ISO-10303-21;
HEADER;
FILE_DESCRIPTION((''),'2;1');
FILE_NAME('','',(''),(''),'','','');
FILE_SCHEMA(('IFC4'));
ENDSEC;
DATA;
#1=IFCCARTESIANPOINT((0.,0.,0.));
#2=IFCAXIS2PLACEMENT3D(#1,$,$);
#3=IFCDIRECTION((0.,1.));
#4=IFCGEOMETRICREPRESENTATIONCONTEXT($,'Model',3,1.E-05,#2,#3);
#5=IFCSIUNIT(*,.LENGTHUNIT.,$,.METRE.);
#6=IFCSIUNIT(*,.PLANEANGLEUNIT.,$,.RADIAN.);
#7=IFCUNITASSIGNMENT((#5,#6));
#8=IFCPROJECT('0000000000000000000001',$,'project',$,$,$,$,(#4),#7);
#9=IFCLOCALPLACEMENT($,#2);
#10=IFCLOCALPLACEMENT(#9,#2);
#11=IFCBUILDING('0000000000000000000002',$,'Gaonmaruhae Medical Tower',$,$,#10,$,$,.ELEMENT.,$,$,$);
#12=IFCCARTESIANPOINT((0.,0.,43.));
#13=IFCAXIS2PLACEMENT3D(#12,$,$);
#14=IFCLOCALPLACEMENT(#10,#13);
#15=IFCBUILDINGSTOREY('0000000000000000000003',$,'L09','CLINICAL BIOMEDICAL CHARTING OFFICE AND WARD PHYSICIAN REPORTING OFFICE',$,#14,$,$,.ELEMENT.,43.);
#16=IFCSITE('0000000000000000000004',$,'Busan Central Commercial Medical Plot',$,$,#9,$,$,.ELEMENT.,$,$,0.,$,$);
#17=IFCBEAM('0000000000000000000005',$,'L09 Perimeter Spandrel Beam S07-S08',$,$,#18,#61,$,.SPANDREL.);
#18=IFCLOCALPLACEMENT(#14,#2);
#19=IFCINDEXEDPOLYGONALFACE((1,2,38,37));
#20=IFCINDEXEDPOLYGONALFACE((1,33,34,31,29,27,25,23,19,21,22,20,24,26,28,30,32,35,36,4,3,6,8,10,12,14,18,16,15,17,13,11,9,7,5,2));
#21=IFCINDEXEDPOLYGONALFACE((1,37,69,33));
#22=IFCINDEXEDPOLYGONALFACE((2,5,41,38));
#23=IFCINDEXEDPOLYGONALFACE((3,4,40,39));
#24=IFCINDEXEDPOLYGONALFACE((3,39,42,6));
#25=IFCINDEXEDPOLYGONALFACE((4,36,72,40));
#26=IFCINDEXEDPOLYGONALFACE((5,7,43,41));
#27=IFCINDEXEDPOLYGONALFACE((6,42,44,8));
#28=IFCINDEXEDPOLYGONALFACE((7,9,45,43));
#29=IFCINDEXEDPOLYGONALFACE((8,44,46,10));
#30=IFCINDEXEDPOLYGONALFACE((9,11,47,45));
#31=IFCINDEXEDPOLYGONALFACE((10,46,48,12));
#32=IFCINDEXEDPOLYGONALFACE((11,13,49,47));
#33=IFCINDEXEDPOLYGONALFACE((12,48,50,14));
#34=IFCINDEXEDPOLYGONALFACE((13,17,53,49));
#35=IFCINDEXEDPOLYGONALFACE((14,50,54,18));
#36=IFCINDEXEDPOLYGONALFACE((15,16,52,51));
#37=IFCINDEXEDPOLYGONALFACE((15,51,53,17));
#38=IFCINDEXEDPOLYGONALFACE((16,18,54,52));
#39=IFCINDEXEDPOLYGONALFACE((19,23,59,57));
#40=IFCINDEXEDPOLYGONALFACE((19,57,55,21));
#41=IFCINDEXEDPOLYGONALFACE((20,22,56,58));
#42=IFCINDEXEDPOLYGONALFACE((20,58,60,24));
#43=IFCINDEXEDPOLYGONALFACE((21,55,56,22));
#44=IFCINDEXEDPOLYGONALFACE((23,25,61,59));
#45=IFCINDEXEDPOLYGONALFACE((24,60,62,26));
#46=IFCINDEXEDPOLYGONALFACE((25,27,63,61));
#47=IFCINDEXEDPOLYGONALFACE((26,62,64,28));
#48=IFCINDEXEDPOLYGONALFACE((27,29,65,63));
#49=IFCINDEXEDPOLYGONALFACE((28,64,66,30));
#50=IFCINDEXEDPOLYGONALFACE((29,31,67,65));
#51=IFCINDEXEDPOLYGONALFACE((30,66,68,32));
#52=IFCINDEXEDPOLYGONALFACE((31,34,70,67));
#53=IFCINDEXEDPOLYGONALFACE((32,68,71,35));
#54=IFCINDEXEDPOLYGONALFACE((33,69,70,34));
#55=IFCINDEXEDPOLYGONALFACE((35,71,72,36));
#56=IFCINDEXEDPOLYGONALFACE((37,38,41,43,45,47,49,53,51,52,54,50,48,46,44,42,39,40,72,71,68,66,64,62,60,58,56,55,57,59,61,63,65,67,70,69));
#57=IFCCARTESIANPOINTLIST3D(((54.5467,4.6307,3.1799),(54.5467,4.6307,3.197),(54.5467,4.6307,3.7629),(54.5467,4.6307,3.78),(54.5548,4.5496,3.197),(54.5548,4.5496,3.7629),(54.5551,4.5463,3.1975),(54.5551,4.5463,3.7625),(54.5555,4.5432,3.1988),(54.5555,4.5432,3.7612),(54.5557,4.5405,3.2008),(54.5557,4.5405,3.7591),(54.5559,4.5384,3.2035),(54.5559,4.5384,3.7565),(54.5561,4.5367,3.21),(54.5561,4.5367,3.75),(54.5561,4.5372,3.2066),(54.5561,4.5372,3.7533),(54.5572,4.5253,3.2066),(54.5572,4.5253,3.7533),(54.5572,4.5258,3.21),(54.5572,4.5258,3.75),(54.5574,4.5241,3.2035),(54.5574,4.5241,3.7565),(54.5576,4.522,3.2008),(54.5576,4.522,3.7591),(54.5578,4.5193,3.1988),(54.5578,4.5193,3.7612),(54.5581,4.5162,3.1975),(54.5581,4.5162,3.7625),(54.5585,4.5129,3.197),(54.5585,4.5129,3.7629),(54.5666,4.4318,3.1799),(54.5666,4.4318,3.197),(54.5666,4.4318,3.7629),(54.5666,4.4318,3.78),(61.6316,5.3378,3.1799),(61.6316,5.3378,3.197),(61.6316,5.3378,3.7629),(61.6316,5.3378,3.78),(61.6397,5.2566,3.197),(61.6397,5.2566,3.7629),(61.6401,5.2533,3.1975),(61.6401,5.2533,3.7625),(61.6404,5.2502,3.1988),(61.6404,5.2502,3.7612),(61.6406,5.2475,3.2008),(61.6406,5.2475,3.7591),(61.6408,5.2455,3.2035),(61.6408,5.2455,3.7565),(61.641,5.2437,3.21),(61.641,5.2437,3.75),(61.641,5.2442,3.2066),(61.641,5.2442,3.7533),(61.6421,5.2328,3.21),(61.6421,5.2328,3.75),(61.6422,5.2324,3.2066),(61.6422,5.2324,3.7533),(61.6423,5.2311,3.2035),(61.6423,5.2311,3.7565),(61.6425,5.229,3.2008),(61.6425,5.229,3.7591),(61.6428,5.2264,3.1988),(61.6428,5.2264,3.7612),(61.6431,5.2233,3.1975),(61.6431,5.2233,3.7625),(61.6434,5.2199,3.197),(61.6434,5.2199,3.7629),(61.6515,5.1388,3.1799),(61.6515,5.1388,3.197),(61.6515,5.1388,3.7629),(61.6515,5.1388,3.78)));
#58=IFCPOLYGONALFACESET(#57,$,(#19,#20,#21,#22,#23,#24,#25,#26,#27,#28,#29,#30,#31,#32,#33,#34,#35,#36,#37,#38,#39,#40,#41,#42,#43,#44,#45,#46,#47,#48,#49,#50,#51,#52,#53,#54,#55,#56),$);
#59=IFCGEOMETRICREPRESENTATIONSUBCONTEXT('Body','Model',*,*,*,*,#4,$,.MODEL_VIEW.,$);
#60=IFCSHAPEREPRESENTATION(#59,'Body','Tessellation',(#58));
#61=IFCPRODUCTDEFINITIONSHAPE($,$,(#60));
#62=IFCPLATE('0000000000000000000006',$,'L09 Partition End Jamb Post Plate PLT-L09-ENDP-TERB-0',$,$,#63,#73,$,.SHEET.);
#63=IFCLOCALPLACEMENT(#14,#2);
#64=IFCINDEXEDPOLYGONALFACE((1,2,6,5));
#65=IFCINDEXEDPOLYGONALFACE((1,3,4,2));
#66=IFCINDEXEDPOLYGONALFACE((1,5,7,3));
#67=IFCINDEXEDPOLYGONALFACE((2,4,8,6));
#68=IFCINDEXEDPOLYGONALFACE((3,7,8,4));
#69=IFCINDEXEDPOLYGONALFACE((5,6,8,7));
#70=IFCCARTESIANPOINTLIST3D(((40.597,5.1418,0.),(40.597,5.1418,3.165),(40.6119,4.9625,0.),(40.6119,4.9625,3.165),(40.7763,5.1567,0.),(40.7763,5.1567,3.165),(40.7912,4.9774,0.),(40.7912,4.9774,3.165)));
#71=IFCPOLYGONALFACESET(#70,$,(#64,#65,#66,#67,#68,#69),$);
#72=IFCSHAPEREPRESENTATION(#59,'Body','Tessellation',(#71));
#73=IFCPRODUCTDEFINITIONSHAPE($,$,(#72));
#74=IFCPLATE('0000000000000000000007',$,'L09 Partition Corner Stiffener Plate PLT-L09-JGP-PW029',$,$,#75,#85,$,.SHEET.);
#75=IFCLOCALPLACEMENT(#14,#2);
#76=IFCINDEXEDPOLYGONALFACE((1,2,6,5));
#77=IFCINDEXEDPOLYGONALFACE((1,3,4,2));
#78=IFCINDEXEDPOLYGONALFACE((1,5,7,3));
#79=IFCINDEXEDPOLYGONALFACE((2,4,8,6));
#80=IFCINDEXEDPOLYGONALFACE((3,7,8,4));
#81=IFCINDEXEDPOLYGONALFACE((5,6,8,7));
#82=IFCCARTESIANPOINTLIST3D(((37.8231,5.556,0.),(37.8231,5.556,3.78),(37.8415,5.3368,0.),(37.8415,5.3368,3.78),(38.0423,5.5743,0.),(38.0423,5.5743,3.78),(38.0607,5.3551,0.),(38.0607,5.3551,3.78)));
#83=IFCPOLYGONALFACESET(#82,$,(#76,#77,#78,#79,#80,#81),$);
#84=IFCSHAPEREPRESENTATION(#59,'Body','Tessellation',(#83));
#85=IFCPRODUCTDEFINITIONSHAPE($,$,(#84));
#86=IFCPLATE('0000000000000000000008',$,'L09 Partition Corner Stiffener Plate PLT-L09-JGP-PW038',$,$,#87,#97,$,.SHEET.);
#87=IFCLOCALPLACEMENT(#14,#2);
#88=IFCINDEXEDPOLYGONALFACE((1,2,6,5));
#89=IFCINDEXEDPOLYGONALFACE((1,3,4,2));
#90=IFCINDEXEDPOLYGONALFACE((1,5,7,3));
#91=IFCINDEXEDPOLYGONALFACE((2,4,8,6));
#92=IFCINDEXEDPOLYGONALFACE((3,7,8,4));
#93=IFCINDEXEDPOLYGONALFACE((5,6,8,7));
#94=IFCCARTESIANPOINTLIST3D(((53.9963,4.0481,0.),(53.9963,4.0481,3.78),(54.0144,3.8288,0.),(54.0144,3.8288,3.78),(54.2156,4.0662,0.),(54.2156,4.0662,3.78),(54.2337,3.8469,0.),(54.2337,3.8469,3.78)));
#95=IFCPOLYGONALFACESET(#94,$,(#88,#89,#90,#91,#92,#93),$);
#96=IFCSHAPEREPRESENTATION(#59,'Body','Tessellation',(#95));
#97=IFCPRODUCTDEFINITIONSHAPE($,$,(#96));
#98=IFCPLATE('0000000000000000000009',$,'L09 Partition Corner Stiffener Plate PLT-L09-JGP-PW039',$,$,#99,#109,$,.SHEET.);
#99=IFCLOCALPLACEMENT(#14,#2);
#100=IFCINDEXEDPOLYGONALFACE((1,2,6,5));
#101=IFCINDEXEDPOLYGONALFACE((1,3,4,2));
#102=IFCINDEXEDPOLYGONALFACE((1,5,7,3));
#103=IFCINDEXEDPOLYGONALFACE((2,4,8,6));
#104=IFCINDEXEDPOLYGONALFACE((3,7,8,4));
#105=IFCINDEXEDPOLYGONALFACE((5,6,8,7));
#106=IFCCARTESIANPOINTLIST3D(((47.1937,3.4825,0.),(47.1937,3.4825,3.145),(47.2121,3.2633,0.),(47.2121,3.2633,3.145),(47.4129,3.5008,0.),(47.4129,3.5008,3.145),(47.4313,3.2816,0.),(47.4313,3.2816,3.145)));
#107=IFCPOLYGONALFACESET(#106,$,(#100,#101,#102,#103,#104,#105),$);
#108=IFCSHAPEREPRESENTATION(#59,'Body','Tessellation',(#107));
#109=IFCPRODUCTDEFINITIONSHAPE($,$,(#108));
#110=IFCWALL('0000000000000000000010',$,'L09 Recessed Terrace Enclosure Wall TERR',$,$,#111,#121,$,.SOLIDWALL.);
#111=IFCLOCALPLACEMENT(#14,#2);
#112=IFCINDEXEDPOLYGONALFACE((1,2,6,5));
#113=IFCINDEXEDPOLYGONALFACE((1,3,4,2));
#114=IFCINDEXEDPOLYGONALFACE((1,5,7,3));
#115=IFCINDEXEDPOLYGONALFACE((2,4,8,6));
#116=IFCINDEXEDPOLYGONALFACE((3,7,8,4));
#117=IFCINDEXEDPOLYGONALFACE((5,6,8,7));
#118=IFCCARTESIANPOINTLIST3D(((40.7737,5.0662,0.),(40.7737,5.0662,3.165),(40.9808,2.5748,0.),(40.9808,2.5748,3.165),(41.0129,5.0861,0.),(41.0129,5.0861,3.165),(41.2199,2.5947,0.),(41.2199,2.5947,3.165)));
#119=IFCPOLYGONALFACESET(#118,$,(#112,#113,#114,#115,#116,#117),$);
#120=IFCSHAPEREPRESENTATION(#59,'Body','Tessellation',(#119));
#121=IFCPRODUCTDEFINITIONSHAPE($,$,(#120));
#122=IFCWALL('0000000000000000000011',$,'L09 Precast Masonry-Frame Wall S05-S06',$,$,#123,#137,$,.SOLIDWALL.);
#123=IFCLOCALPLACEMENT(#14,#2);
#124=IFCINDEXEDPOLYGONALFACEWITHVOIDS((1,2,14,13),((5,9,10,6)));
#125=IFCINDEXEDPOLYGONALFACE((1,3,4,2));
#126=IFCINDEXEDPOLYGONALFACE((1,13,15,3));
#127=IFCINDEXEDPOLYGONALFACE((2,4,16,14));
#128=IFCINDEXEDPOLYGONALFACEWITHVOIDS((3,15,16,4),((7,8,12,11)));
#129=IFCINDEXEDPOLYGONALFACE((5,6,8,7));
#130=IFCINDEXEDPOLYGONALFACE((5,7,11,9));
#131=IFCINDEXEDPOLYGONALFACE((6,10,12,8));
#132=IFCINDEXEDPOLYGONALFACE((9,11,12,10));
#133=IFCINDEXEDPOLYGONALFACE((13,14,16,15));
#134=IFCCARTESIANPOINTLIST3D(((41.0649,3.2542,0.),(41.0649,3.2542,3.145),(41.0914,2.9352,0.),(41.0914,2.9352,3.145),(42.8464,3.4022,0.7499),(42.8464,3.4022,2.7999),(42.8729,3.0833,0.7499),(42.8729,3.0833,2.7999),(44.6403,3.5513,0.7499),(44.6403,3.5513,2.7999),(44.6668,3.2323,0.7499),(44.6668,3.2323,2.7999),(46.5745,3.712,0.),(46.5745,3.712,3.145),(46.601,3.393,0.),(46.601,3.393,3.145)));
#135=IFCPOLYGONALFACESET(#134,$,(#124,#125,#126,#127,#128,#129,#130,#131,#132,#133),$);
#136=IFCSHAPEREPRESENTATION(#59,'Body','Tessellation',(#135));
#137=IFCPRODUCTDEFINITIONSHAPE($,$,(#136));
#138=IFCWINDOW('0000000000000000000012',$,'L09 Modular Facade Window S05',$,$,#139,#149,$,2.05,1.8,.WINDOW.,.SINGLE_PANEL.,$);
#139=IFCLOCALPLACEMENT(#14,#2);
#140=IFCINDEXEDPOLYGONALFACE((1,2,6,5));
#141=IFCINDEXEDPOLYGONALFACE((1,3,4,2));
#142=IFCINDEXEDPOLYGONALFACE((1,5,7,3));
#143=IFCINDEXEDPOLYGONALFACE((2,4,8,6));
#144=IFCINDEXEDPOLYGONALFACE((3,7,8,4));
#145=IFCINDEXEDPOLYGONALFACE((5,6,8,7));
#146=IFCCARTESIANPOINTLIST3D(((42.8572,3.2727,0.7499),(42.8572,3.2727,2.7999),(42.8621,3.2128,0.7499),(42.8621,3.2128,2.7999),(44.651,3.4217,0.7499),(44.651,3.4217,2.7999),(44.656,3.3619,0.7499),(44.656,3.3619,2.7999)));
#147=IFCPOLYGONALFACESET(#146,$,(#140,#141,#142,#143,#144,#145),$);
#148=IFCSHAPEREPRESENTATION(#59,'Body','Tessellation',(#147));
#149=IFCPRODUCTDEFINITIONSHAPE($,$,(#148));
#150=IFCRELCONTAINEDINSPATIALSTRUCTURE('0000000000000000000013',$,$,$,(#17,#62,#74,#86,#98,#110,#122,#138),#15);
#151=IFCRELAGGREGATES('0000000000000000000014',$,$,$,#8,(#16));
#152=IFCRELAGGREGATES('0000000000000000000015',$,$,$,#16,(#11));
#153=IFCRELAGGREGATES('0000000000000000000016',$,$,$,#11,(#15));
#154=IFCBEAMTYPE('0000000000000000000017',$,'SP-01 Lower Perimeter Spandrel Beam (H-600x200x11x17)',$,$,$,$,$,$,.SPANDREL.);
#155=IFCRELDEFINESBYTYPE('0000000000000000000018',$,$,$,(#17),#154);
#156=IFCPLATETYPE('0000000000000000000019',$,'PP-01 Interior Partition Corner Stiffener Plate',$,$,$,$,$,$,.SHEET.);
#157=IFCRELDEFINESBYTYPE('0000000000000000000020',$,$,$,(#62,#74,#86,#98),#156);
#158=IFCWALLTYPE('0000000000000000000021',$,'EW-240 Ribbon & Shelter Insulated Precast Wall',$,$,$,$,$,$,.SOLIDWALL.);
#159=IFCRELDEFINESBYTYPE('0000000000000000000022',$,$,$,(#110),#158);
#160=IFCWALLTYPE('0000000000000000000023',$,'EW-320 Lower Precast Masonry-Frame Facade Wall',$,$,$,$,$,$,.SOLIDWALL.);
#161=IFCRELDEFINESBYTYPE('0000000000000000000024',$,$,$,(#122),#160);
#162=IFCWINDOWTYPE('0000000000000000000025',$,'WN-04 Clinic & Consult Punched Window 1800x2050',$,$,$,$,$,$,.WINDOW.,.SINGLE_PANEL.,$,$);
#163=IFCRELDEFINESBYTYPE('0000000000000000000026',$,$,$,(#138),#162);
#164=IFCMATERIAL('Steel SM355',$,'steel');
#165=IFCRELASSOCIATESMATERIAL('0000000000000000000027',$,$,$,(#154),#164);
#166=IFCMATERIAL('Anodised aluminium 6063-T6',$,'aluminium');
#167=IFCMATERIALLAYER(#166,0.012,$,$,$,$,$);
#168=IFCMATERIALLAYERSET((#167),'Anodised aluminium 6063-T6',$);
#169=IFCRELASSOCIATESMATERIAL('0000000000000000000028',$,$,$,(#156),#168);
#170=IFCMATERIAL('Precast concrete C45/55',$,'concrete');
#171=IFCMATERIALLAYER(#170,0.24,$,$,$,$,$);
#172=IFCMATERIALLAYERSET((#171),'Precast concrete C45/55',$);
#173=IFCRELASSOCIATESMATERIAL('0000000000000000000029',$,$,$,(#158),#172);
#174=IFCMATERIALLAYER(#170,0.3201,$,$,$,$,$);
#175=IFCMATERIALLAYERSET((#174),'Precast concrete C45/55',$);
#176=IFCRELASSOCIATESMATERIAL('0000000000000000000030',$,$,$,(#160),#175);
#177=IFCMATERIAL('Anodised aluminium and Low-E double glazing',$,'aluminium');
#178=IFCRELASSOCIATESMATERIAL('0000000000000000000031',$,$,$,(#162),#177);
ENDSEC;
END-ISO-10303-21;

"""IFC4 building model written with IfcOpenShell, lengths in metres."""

from ifc_helpers import new_model, si_unit, direction, frame, frame_2d, origin, origin_2d, place, context, subcontext, project, spatial, rectangle, i_section, extrude, material, layer, layer_set, material_profile, profile_set, type_object, element, fill, save


model = new_model("IFC4")

# Units and contexts
model_context = context("Model", 3, precision=1e-05, world=origin(), true_north=direction((0.0, 1.0)))
body_context = subcontext(model_context, "Body", "Model", "MODEL_VIEW")
ifc_project = project(units=[si_unit("LENGTHUNIT", "METRE"), si_unit("PLANEANGLEUNIT", "RADIAN")], contexts=[model_context])

# Site, building, storey
site_placement = place(None, origin())
site = spatial("IfcSite", under=ifc_project, at=site_placement, Name="Busan Central Commercial Medical Plot", CompositionType="ELEMENT", RefElevation=0.0)
building_placement = place(site_placement, origin())
building = spatial("IfcBuilding", under=site, at=building_placement, Name="Gaonmaruhae Medical Tower", CompositionType="ELEMENT")
storey_placement = place(building_placement, frame((0.0, 0.0, 43.0)))
storey = spatial("IfcBuildingStorey", under=building, at=storey_placement, Name="L09", Description="CLINICAL BIOMEDICAL CHARTING OFFICE AND WARD PHYSICIAN REPORTING OFFICE", CompositionType="ELEMENT", Elevation=43.0)

# Beam
ifc_material_1 = material(Name="Steel SM355", Category="steel")
ifc_material_profile_1 = material_profile(ifc_material_1, i_section(OverallWidth=0.2, OverallDepth=0.6001, WebThickness=0.011, FlangeThickness=0.0171, FilletRadius=0.0129, at=origin_2d()), Name="H-600x200x11x17")
ifc_profile_set_1 = profile_set([ifc_material_profile_1], Name="Steel SM355")
beam_type_1 = type_object("IfcBeamType", Name="SP-01 Lower Perimeter Spandrel Beam (H-600x200x11x17)", PredefinedType="SPANDREL", material=ifc_profile_set_1)
beam_1_placement = place(storey_placement, frame((54.5566, 4.5312, 3.48), z_axis=(0.995058, 0.0993, 0.0), x_axis=(-0.0993, 0.995058, 0.0)))
element("IfcBeam", 1, at=beam_1_placement, inside=storey, type_object=beam_type_1, Name="L09 Perimeter Spandrel Beam S07-S08", PredefinedType="SPANDREL", context=body_context, shape_type="SweptSolid", body=[
    extrude(i_section(OverallWidth=0.2, OverallDepth=0.6001, WebThickness=0.011, FlangeThickness=0.0171, FilletRadius=0.0129, at=origin_2d()), origin(), (0.0, 0.0, 1.0), 7.1201),
])

# Plates
ifc_material_2 = material(Name="Anodised aluminium 6063-T6", Category="aluminium")
ifc_layer_1 = layer(ifc_material_2, 0.012)
ifc_layer_set_1 = layer_set([ifc_layer_1], Name="Anodised aluminium 6063-T6")
plate_type = type_object("IfcPlateType", Name="PP-01 Interior Partition Corner Stiffener Plate", PredefinedType="SHEET", material=ifc_layer_set_1)
plate_1_placement = place(storey_placement, frame((40.6941, 5.0596, 0.0), z_axis=(0.0, 0.0, 1.0), x_axis=(-0.996566, -0.082808, 0.0)))
element("IfcPlate", 2, at=plate_1_placement, inside=storey, type_object=plate_type, Name="L09 Partition End Jamb Post Plate PLT-L09-ENDP-TERB-0", PredefinedType="SHEET", context=body_context, shape_type="SweptSolid", body=[
    extrude(rectangle(XDim=0.1799, YDim=0.1799, at=origin_2d()), origin(), (0.0, 0.0, 1.0), 3.165),
])
for number, where, z_axis, x_axis, name in (
    (3, (37.9419, 5.4556, 0.0), (0.0, 0.0, 1.0), (-0.083434, 0.996513, 0.0), "L09 Partition Corner Stiffener Plate PLT-L09-JGP-PW029"),
    (4, (54.115, 3.9475, 0.0), (0.0, 0.0, 1.0), (-0.99661, -0.082269, 0.0), "L09 Partition Corner Stiffener Plate PLT-L09-JGP-PW038"),
):
    element("IfcPlate", number, at=place(storey_placement, frame(where, z_axis=z_axis, x_axis=x_axis)), inside=storey, type_object=plate_type, Name=name, PredefinedType="SHEET", context=body_context, shape_type="SweptSolid", body=[
        extrude(rectangle(XDim=0.22, YDim=0.22, at=origin_2d()), origin(), (0.0, 0.0, 1.0), 3.78),
    ])
plate_2_placement = place(storey_placement, frame((47.3125, 3.3821, 0.0), z_axis=(0.0, 0.0, 1.0), x_axis=(-0.996525, -0.083295, 0.0)))
element("IfcPlate", 5, at=plate_2_placement, inside=storey, type_object=plate_type, Name="L09 Partition Corner Stiffener Plate PLT-L09-JGP-PW039", PredefinedType="SHEET", context=body_context, shape_type="SweptSolid", body=[
    extrude(rectangle(XDim=0.22, YDim=0.22, at=origin_2d()), origin(), (0.0, 0.0, 1.0), 3.145),
])

# Shared definitions
ifc_material_3 = material(Name="Precast concrete C45/55", Category="concrete")
ifc_layer_2 = layer(ifc_material_3, 0.24)
ifc_layer_set_2 = layer_set([ifc_layer_2], Name="Precast concrete C45/55")
wall_type_1 = type_object("IfcWallType", Name="EW-240 Ribbon & Shelter Insulated Precast Wall", PredefinedType="SOLIDWALL", material=ifc_layer_set_2)

# Wall
wall_1_placement = place(storey_placement, frame((41.1003, 2.5847, 0.0), z_axis=(0.0, 0.0, 1.0), x_axis=(-0.082811, 0.996565, 0.0)))
element("IfcWall", 6, at=wall_1_placement, inside=storey, type_object=wall_type_1, Name="L09 Recessed Terrace Enclosure Wall TERR", PredefinedType="SOLIDWALL", context=body_context, shape_type="SweptSolid", body=[
    extrude(rectangle(XDim=2.5, YDim=0.24, at=frame_2d((1.25, 0.0))), origin(), (0.0, 0.0, 1.0), 3.165),
])

# Wall, opening, window
ifc_layer_3 = layer(ifc_material_3, 0.3201)
ifc_layer_set_3 = layer_set([ifc_layer_3], Name="Precast concrete C45/55")
wall_type_2 = type_object("IfcWallType", Name="EW-320 Lower Precast Masonry-Frame Facade Wall", PredefinedType="SOLIDWALL", material=ifc_layer_set_3)
wall_2_placement = place(storey_placement, frame((46.5876, 3.5525, 0.0), z_axis=(0.0, 0.0, 1.0), x_axis=(-0.996566, -0.082801, 0.0)))
wall_2 = element("IfcWall", 7, at=wall_2_placement, inside=storey, type_object=wall_type_2, Name="L09 Precast Masonry-Frame Wall S05-S06", PredefinedType="SOLIDWALL", context=body_context, shape_type="SweptSolid", body=[
    extrude(rectangle(XDim=5.5286, YDim=0.3201, at=frame_2d((2.7642, 0.0))), origin(), (0.0, 0.0, 1.0), 3.145),
])
opening_1_placement = place(wall_2_placement, frame((1.9409, 0.0, 0.75)))
opening_1 = element("IfcOpeningElement", 8, at=opening_1_placement, cuts=wall_2, PredefinedType="OPENING", context=body_context, shape_type="SweptSolid", body=[
    extrude(rectangle(XDim=1.8, YDim=2.05, at=frame_2d((0.8999, 1.0249))), frame((0.0, 0.1699, 0.0), z_axis=(0.0, -1.0, 0.0), x_axis=(1.0, 0.0, 0.0)), (0.0, 0.0, 1.0), 0.3401),
])
ifc_material_4 = material(Name="Anodised aluminium and Low-E double glazing", Category="aluminium")
window_type_1 = type_object("IfcWindowType", Name="WN-04 Clinic & Consult Punched Window 1800x2050", PartitioningType="SINGLE_PANEL", PredefinedType="WINDOW", material=ifc_material_4)
window_1_placement = place(opening_1_placement, origin())
window_1 = element("IfcWindow", 9, at=window_1_placement, inside=storey, type_object=window_type_1, Name="L09 Modular Facade Window S05", OverallHeight=2.05, OverallWidth=1.8, PartitioningType="SINGLE_PANEL", PredefinedType="WINDOW", context=body_context, shape_type="SweptSolid", body=[
    extrude(rectangle(XDim=1.8, YDim=2.05, at=frame_2d((0.8999, 1.0249))), frame((0.0, 0.03, 0.0), z_axis=(0.0, -1.0, 0.0), x_axis=(1.0, 0.0, 0.0)), (0.0, 0.0, 1.0), 0.0601),
])
fill(opening_1, window_1)

save(model, "model.ifc")
